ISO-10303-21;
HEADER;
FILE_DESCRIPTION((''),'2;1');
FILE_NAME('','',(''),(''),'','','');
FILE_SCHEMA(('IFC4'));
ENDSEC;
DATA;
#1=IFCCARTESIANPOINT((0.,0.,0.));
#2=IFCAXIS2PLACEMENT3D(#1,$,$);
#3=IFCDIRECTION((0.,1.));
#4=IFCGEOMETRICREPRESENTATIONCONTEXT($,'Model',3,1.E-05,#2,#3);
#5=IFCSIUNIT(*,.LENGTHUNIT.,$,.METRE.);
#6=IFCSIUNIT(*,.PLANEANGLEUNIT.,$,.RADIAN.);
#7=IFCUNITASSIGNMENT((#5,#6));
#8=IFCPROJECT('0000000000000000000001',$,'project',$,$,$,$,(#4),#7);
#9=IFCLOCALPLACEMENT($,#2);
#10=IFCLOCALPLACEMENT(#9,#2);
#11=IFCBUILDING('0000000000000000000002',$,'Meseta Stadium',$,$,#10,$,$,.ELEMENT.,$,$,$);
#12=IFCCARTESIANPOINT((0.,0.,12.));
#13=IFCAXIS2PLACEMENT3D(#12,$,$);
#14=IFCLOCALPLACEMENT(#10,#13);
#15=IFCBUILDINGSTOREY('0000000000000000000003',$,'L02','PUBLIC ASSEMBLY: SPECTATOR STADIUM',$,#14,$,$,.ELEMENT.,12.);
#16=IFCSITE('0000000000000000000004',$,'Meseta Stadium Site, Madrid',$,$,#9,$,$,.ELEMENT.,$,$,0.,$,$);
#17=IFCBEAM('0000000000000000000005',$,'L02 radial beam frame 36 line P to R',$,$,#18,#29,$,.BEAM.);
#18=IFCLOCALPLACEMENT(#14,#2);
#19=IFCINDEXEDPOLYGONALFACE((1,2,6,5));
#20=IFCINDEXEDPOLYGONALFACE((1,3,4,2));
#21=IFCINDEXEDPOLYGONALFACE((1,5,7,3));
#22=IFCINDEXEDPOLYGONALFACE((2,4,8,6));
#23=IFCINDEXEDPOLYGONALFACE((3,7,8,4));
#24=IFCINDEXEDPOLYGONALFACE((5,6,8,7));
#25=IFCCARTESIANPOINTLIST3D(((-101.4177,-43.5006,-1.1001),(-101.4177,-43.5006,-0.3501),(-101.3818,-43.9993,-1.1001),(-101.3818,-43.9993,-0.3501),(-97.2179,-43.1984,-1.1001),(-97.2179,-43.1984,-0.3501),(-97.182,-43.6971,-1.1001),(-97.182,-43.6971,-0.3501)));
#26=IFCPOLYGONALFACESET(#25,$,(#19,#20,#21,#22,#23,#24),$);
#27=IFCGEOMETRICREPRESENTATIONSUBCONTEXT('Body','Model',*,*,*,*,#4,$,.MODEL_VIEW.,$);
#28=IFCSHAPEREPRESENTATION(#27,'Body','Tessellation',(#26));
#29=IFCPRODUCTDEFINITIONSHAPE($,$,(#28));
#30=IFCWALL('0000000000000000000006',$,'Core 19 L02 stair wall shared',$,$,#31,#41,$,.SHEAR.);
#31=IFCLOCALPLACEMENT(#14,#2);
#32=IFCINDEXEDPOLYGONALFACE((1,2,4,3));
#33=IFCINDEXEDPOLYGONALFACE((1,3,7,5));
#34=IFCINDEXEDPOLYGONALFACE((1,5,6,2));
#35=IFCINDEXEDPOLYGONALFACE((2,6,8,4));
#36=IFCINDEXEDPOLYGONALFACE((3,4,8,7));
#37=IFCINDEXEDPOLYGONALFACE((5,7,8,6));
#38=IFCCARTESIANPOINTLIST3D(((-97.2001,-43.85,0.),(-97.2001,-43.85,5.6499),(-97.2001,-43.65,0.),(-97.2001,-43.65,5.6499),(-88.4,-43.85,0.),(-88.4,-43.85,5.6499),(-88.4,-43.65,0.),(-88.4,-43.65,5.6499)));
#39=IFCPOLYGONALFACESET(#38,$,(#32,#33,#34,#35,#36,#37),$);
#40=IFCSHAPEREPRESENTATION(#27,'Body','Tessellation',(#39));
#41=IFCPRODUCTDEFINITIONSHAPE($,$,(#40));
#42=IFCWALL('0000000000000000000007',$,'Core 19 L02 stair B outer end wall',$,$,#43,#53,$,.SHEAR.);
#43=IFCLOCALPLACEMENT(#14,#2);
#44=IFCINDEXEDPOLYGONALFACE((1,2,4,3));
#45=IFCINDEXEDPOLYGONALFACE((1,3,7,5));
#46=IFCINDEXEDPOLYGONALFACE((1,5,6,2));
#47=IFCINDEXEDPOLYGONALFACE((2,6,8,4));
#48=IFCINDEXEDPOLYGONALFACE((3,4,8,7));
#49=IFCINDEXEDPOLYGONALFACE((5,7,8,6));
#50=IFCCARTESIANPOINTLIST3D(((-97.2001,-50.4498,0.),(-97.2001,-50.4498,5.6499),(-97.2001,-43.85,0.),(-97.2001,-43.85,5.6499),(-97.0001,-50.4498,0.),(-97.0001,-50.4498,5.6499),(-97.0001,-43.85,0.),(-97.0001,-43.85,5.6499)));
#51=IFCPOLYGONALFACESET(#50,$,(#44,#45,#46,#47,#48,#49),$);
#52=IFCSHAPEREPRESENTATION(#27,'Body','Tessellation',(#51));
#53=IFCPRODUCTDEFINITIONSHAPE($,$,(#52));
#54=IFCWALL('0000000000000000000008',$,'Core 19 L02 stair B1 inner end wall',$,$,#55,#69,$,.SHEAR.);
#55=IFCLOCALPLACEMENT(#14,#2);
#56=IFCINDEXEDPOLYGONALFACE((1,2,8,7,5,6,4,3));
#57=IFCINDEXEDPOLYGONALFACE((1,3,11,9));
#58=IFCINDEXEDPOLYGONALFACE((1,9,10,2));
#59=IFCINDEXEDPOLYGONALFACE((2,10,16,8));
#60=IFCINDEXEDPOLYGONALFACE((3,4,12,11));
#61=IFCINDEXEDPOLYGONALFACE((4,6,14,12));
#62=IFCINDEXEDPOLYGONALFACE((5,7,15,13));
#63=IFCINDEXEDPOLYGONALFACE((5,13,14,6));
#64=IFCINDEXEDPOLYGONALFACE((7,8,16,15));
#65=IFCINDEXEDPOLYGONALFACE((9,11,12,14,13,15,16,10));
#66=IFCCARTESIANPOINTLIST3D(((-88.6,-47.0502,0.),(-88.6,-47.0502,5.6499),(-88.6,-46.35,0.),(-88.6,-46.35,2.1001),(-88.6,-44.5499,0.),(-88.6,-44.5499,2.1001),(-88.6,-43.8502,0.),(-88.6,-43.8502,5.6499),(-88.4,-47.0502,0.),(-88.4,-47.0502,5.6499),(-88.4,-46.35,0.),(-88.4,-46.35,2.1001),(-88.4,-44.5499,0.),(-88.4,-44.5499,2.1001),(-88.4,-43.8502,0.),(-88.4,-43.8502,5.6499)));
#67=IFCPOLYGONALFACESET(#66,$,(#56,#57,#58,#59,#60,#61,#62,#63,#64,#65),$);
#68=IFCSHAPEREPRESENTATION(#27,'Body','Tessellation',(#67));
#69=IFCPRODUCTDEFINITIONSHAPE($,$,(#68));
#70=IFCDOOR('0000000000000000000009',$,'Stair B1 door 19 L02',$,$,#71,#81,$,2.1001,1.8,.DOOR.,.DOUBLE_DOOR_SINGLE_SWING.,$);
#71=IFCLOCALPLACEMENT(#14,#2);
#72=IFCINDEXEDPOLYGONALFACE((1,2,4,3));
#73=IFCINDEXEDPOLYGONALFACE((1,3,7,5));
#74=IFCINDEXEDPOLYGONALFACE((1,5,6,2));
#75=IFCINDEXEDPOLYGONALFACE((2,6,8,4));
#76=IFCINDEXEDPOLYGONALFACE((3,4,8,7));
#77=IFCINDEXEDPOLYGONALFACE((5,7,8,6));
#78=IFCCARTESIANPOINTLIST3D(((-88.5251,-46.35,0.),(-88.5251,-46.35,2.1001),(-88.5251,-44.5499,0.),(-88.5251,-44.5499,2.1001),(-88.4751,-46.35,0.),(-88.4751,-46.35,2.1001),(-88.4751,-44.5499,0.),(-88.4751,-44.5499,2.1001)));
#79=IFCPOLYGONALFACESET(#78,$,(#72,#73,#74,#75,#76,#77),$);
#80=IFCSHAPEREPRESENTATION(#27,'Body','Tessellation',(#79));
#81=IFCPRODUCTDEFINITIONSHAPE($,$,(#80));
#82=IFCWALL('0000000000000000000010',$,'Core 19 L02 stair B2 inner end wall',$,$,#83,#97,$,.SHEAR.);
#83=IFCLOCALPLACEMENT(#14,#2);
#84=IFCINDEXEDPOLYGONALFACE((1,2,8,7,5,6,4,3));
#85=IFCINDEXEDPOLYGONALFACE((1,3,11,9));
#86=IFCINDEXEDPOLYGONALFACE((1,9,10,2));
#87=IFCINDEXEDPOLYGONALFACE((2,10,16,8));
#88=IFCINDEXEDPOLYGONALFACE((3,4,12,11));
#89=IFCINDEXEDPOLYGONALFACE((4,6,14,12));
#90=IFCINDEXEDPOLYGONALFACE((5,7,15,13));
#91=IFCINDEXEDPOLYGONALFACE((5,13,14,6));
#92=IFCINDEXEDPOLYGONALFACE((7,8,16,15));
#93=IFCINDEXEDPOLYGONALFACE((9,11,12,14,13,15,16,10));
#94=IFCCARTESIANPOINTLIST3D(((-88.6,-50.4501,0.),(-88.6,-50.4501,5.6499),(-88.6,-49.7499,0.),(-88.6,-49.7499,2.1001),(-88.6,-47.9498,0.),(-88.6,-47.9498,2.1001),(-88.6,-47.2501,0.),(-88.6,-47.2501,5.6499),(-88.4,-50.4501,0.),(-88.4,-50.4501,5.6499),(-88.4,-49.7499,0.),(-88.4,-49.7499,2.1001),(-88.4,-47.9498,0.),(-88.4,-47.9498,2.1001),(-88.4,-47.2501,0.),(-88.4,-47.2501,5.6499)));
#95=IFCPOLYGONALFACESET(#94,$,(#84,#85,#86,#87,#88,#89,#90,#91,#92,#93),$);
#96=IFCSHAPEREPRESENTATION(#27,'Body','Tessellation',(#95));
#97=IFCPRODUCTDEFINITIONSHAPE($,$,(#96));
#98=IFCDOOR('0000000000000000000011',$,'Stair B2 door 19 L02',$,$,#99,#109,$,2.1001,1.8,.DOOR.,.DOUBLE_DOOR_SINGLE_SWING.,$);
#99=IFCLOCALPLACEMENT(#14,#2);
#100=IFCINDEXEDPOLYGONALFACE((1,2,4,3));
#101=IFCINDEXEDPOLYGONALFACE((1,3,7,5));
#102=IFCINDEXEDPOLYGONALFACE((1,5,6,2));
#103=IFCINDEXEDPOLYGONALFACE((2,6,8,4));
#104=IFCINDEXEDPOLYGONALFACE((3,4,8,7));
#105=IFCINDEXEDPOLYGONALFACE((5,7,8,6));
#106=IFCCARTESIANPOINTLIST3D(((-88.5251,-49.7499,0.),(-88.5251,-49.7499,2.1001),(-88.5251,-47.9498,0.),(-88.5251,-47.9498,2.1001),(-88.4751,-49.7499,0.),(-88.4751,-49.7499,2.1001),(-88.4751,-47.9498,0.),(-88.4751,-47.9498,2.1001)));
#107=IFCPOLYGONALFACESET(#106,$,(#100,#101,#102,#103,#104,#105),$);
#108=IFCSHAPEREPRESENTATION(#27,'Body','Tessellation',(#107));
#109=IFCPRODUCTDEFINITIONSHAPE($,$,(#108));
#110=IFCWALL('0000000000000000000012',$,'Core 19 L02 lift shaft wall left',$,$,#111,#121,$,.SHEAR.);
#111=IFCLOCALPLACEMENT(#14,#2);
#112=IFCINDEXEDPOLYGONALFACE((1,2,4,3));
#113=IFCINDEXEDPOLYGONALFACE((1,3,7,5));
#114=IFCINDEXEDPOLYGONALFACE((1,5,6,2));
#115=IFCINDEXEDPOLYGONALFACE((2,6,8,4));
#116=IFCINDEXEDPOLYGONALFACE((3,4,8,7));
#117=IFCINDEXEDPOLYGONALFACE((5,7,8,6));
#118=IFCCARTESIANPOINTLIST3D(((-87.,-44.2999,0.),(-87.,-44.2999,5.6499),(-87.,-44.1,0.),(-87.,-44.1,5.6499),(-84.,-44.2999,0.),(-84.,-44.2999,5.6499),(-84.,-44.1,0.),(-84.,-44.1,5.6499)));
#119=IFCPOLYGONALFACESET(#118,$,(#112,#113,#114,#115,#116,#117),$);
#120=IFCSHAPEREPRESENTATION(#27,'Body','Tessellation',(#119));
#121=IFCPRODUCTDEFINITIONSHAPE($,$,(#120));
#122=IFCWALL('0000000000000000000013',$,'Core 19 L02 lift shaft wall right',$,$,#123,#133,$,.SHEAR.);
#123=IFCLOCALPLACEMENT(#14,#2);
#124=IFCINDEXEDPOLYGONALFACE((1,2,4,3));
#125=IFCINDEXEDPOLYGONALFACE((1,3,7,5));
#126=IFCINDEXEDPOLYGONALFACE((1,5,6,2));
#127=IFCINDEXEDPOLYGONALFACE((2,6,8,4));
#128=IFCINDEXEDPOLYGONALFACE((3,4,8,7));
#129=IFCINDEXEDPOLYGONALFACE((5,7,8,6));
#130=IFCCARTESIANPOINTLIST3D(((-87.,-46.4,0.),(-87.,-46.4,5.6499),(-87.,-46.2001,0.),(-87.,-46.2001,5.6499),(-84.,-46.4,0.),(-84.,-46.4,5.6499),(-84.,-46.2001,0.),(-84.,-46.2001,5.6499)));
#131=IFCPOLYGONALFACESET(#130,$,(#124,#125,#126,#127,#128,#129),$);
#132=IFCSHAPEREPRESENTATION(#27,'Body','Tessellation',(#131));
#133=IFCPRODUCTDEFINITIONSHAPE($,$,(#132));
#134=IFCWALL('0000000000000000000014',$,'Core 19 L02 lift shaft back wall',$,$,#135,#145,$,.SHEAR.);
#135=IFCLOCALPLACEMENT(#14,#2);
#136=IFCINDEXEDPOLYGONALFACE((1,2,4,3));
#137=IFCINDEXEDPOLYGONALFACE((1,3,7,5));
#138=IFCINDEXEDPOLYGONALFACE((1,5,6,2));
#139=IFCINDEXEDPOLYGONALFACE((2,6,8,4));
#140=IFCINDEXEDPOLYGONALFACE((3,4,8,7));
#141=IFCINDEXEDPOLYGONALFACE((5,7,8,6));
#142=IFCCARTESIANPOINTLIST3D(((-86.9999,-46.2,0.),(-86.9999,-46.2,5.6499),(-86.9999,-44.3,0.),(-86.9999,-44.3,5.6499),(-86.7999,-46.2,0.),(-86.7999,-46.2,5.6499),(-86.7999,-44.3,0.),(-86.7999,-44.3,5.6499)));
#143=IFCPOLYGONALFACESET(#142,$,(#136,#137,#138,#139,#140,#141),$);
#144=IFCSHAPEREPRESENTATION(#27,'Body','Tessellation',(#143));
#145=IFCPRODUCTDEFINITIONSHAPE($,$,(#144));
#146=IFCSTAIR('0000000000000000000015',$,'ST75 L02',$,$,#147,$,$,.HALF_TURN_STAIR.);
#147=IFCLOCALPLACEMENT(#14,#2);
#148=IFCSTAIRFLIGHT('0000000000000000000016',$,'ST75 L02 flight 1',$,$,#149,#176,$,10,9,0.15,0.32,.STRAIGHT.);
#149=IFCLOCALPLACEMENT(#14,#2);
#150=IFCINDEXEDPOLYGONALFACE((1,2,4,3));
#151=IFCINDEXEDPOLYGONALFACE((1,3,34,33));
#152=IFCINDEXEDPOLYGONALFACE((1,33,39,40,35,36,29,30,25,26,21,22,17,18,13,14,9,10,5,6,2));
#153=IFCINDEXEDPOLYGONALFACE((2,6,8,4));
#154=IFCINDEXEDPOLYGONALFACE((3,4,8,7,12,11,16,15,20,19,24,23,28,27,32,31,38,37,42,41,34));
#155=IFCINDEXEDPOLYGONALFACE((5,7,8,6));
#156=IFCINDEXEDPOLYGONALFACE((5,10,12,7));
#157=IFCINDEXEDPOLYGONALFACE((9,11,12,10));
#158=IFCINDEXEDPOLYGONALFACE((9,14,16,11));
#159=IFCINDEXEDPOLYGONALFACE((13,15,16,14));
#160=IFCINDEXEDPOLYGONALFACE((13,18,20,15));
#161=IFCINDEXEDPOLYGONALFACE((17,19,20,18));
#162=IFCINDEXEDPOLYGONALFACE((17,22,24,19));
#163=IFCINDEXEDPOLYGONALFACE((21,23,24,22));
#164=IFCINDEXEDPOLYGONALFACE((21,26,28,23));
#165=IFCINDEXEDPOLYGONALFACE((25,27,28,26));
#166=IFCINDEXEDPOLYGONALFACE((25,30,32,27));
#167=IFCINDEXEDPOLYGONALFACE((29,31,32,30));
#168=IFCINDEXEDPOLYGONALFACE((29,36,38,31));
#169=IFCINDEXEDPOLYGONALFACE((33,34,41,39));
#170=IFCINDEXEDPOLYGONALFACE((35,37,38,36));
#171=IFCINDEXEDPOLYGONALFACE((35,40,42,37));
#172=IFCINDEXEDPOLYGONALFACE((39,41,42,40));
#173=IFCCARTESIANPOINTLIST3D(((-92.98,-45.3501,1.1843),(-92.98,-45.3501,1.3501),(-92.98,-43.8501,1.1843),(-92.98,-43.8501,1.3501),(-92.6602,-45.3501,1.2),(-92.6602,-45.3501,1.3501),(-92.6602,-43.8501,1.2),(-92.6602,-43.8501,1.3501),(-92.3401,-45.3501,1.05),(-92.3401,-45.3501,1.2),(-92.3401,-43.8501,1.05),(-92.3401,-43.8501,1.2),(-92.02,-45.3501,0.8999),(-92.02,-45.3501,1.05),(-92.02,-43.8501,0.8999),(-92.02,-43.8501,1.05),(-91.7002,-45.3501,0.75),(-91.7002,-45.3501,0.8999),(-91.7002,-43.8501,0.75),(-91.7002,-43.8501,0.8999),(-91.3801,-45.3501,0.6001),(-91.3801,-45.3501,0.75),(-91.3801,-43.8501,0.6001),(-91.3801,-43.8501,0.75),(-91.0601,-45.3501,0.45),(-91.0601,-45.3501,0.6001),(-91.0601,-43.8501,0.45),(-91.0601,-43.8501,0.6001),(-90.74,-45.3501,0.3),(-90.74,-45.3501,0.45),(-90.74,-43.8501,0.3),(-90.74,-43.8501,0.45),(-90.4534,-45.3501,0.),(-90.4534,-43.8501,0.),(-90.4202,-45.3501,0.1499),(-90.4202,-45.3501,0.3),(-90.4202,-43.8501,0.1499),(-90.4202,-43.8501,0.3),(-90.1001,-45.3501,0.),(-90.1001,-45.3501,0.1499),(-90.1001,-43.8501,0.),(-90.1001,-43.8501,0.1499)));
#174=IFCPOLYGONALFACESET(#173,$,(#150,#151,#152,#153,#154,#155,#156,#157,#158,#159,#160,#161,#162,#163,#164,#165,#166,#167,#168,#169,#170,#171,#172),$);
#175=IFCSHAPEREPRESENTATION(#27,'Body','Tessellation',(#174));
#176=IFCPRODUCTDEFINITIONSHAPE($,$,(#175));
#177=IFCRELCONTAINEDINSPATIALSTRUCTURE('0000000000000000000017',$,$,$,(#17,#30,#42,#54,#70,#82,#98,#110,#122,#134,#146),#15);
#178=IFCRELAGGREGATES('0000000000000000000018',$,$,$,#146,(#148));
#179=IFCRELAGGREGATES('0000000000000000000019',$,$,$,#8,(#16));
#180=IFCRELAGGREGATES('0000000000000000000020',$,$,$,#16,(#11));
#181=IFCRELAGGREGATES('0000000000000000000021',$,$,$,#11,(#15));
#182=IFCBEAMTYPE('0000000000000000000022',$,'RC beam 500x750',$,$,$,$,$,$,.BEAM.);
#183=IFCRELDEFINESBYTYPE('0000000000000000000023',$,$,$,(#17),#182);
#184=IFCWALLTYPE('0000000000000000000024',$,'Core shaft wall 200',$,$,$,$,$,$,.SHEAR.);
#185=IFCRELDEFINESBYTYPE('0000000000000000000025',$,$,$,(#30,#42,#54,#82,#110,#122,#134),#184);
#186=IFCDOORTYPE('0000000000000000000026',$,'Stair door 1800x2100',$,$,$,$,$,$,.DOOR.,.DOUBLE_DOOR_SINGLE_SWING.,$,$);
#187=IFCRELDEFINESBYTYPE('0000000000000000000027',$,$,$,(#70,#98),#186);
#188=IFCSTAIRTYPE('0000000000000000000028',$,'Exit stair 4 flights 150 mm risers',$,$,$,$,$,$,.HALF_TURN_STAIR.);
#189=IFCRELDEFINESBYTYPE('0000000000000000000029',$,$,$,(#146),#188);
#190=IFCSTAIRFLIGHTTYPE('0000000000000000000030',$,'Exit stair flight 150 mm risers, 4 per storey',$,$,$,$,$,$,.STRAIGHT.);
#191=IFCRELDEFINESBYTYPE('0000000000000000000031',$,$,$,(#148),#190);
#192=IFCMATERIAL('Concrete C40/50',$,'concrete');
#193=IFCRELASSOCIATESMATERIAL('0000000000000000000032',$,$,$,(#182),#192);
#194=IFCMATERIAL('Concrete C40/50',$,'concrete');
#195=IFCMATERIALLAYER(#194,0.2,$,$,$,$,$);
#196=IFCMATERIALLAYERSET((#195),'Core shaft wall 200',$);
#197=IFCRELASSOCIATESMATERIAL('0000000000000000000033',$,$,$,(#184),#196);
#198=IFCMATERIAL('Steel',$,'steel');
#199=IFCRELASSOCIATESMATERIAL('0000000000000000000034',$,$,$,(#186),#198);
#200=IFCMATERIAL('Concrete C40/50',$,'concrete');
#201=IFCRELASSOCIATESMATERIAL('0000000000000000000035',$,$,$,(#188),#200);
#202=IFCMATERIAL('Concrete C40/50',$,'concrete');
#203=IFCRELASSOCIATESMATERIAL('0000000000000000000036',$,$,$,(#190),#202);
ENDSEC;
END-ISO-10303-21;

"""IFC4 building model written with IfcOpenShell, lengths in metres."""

from ifc_helpers import new_model, si_unit, direction, frame, frame_2d, origin, origin_2d, place, context, subcontext, project, spatial, polyline, rectangle, outline, extrude, material, layer, layer_set, material_profile, profile_set, type_object, element, fill, aggregate, save


model = new_model("IFC4")

# Units and contexts
model_context = context("Model", 3, precision=1e-05, world=origin(), true_north=direction((0.0, 1.0)))
body_context = subcontext(model_context, "Body", "Model", "MODEL_VIEW")
ifc_project = project(units=[si_unit("LENGTHUNIT", "METRE"), si_unit("PLANEANGLEUNIT", "RADIAN")], contexts=[model_context])

# Site, building, storey
site_placement = place(None, origin())
site = spatial("IfcSite", under=ifc_project, at=site_placement, Name="Meseta Stadium Site, Madrid", CompositionType="ELEMENT", RefElevation=0.0)
building_placement = place(site_placement, origin())
building = spatial("IfcBuilding", under=site, at=building_placement, Name="Meseta Stadium", CompositionType="ELEMENT")
storey_placement = place(building_placement, frame((0.0, 0.0, 12.0)))
storey = spatial("IfcBuildingStorey", under=building, at=storey_placement, Name="L02", Description="PUBLIC ASSEMBLY: SPECTATOR STADIUM", CompositionType="ELEMENT", Elevation=12.0)

# Beam
ifc_material_1 = material(Name="Concrete C40/50", Category="concrete")
ifc_material_profile = material_profile(ifc_material_1, rectangle(XDim=0.5, YDim=0.75, at=origin_2d()), Name="RC 500x750")
ifc_profile_set = profile_set([ifc_material_profile], Name="Concrete C40/50")
beam_type = type_object("IfcBeamType", Name="RC beam 500x750", PredefinedType="BEAM", material=ifc_profile_set)
beam_placement = place(storey_placement, frame((-97.2, -43.4478, -0.7251), z_axis=(-0.997421, -0.071779, 0.0), x_axis=(0.071779, -0.997421, 0.0)))
element("IfcBeam", 1, at=beam_placement, inside=storey, type_object=beam_type, Name="L02 radial beam frame 36 line P to R", PredefinedType="BEAM", context=body_context, shape_type="SweptSolid", body=[
    extrude(rectangle(XDim=0.5, YDim=0.75, at=origin_2d()), origin(), (0.0, 0.0, 1.0), 4.2107),
])

# Walls
ifc_material_2 = material(Name="Concrete C40/50", Category="concrete")
ifc_layer = layer(ifc_material_2, 0.2)
ifc_layer_set = layer_set([ifc_layer], Name="Core shaft wall 200")
wall_type = type_object("IfcWallType", Name="Core shaft wall 200", PredefinedType="SHEAR", material=ifc_layer_set)
wall_1_placement = place(storey_placement, frame((-97.2, -43.75, 0.0), z_axis=(0.0, 0.0, 1.0), x_axis=(1.0, 0.0, 0.0)))
element("IfcWall", 2, at=wall_1_placement, inside=storey, type_object=wall_type, Name="Core 19 L02 stair wall shared", PredefinedType="SHEAR", context=body_context, shape_type="SweptSolid", body=[
    extrude(rectangle(XDim=8.8, YDim=0.2, at=frame_2d((4.3999, 0.0))), origin(), (0.0, 0.0, 1.0), 5.6499),
])
wall_2_placement = place(storey_placement, frame((-97.1001, -43.8501, 0.0), z_axis=(0.0, 0.0, 1.0), x_axis=(0.0, -1.0, 0.0)))
element("IfcWall", 3, at=wall_2_placement, inside=storey, type_object=wall_type, Name="Core 19 L02 stair B outer end wall", PredefinedType="SHEAR", context=body_context, shape_type="SweptSolid", body=[
    extrude(rectangle(XDim=6.5999, YDim=0.2, at=frame_2d((3.2998, 0.0))), origin(), (0.0, 0.0, 1.0), 5.6499),
])

# Walls, openings, doors
wall_3_placement = place(storey_placement, frame((-88.5, -43.8501, 0.0), z_axis=(0.0, 0.0, 1.0), x_axis=(0.0, -1.0, 0.0)))
wall_3 = element("IfcWall", 4, at=wall_3_placement, inside=storey, type_object=wall_type, Name="Core 19 L02 stair B1 inner end wall", PredefinedType="SHEAR", context=body_context, shape_type="SweptSolid", body=[
    extrude(rectangle(XDim=3.2, YDim=0.2, at=frame_2d((1.6001, 0.0))), origin(), (0.0, 0.0, 1.0), 5.6499),
])
opening_1_placement = place(wall_3_placement, frame((0.7, 0.0, 0.0)))
opening_1 = element("IfcOpeningElement", 5, at=opening_1_placement, cuts=wall_3, PredefinedType="OPENING", context=body_context, shape_type="SweptSolid", body=[
    extrude(rectangle(XDim=1.8, YDim=2.1001, at=frame_2d((0.8999, 1.05))), frame((0.0, 0.1099, 0.0), z_axis=(0.0, -1.0, 0.0), x_axis=(1.0, 0.0, 0.0)), (0.0, 0.0, 1.0), 0.22),
])
ifc_material_3 = material(Name="Steel", Category="steel")
door_type = type_object("IfcDoorType", Name="Stair door 1800x2100", OperationType="DOUBLE_DOOR_SINGLE_SWING", PredefinedType="DOOR", material=ifc_material_3)
door_1_placement = place(opening_1_placement, origin())
door_1 = element("IfcDoor", 6, at=door_1_placement, inside=storey, type_object=door_type, Name="Stair B1 door 19 L02", OperationType="DOUBLE_DOOR_SINGLE_SWING", OverallHeight=2.1001, OverallWidth=1.8, PredefinedType="DOOR", context=body_context, shape_type="SweptSolid", body=[
    extrude(rectangle(XDim=1.8, YDim=2.1001, at=frame_2d((0.8999, 1.05))), frame((0.0, 0.0249, 0.0), z_axis=(0.0, -1.0, 0.0), x_axis=(1.0, 0.0, 0.0)), (0.0, 0.0, 1.0), 0.05),
])
fill(opening_1, door_1)
wall_4_placement = place(storey_placement, frame((-88.5, -47.25, 0.0), z_axis=(0.0, 0.0, 1.0), x_axis=(0.0, -1.0, 0.0)))
wall_4 = element("IfcWall", 7, at=wall_4_placement, inside=storey, type_object=wall_type, Name="Core 19 L02 stair B2 inner end wall", PredefinedType="SHEAR", context=body_context, shape_type="SweptSolid", body=[
    extrude(rectangle(XDim=3.2, YDim=0.2, at=frame_2d((1.6001, 0.0))), origin(), (0.0, 0.0, 1.0), 5.6499),
])
opening_2_placement = place(wall_4_placement, frame((0.7, 0.0, 0.0)))
opening_2 = element("IfcOpeningElement", 8, at=opening_2_placement, cuts=wall_4, PredefinedType="OPENING", context=body_context, shape_type="SweptSolid", body=[
    extrude(rectangle(XDim=1.8, YDim=2.1001, at=frame_2d((0.8999, 1.05))), frame((0.0, 0.1099, 0.0), z_axis=(0.0, -1.0, 0.0), x_axis=(1.0, 0.0, 0.0)), (0.0, 0.0, 1.0), 0.22),
])
door_2_placement = place(opening_2_placement, origin())
door_2 = element("IfcDoor", 9, at=door_2_placement, inside=storey, type_object=door_type, Name="Stair B2 door 19 L02", OperationType="DOUBLE_DOOR_SINGLE_SWING", OverallHeight=2.1001, OverallWidth=1.8, PredefinedType="DOOR", context=body_context, shape_type="SweptSolid", body=[
    extrude(rectangle(XDim=1.8, YDim=2.1001, at=frame_2d((0.8999, 1.05))), frame((0.0, 0.0249, 0.0), z_axis=(0.0, -1.0, 0.0), x_axis=(1.0, 0.0, 0.0)), (0.0, 0.0, 1.0), 0.05),
])
fill(opening_2, door_2)

# Walls
for number, where, z_axis, x_axis, name in (
    (10, (-87.0, -44.2, 0.0), (0.0, 0.0, 1.0), (1.0, 0.0, 0.0), "Core 19 L02 lift shaft wall left"),
    (11, (-87.0, -46.3, 0.0), (0.0, 0.0, 1.0), (1.0, 0.0, 0.0), "Core 19 L02 lift shaft wall right"),
):
    element("IfcWall", number, at=place(storey_placement, frame(where, z_axis=z_axis, x_axis=x_axis)), inside=storey, type_object=wall_type, Name=name, PredefinedType="SHEAR", context=body_context, shape_type="SweptSolid", body=[
        extrude(rectangle(XDim=3.0, YDim=0.2, at=frame_2d((1.5, 0.0))), origin(), (0.0, 0.0, 1.0), 5.6499),
    ])
wall_5_placement = place(storey_placement, frame((-86.8999, -44.3, 0.0), z_axis=(0.0, 0.0, 1.0), x_axis=(0.0, -1.0, 0.0)))
element("IfcWall", 12, at=wall_5_placement, inside=storey, type_object=wall_type, Name="Core 19 L02 lift shaft back wall", PredefinedType="SHEAR", context=body_context, shape_type="SweptSolid", body=[
    extrude(rectangle(XDim=1.8999, YDim=0.2, at=frame_2d((0.95, 0.0))), origin(), (0.0, 0.0, 1.0), 5.6499),
])

# Stair, stair flight
ifc_material_4 = material(Name="Concrete C40/50", Category="concrete")
stair_type = type_object("IfcStairType", Name="Exit stair 4 flights 150 mm risers", PredefinedType="HALF_TURN_STAIR", material=ifc_material_4)
stair_1_placement = place(storey_placement, origin())
stair_1 = element("IfcStair", 13, at=stair_1_placement, inside=storey, type_object=stair_type, Name="ST75 L02", PredefinedType="HALF_TURN_STAIR")
ifc_material_5 = material(Name="Concrete C40/50", Category="concrete")
stair_flight_type = type_object("IfcStairFlightType", Name="Exit stair flight 150 mm risers, 4 per storey", PredefinedType="STRAIGHT", material=ifc_material_5)
stair_flight_1_placement = place(storey_placement, frame((-90.1001, -44.6001, 0.0), z_axis=(0.0, 0.0, 1.0), x_axis=(-1.0, 0.0, 0.0)))
stair_flight_1 = element("IfcStairFlight", 14, at=stair_flight_1_placement, type_object=stair_flight_type, Name="ST75 L02 flight 1", NumberOfRisers=10, NumberOfTreads=9, PredefinedType="STRAIGHT", RiserHeight=0.15, TreadLength=0.32, context=body_context, shape_type="SweptSolid", body=[
    extrude(outline(polyline([(0.0, 0.0), (0.0, 0.1499), (0.3201, 0.1499), (0.3201, 0.3), (0.6399, 0.3), (0.6399, 0.45), (0.96, 0.45), (0.96, 0.6001), (1.28, 0.6001), (1.28, 0.75), (1.6001, 0.75), (1.6001, 0.8999), (1.9199, 0.8999), (1.9199, 1.05), (2.24, 1.05), (2.24, 1.2), (2.5601, 1.2), (2.5601, 1.3501), (2.8799, 1.3501), (2.8799, 1.1843), (0.3533, 0.0), (0.0, 0.0)])), frame((0.0, 0.75, 0.0), z_axis=(0.0, -1.0, 0.0), x_axis=(1.0, 0.0, 0.0)), (0.0, 0.0, 1.0), 1.5),
])
aggregate(stair_1, [stair_flight_1])

save(model, "model.ifc")
